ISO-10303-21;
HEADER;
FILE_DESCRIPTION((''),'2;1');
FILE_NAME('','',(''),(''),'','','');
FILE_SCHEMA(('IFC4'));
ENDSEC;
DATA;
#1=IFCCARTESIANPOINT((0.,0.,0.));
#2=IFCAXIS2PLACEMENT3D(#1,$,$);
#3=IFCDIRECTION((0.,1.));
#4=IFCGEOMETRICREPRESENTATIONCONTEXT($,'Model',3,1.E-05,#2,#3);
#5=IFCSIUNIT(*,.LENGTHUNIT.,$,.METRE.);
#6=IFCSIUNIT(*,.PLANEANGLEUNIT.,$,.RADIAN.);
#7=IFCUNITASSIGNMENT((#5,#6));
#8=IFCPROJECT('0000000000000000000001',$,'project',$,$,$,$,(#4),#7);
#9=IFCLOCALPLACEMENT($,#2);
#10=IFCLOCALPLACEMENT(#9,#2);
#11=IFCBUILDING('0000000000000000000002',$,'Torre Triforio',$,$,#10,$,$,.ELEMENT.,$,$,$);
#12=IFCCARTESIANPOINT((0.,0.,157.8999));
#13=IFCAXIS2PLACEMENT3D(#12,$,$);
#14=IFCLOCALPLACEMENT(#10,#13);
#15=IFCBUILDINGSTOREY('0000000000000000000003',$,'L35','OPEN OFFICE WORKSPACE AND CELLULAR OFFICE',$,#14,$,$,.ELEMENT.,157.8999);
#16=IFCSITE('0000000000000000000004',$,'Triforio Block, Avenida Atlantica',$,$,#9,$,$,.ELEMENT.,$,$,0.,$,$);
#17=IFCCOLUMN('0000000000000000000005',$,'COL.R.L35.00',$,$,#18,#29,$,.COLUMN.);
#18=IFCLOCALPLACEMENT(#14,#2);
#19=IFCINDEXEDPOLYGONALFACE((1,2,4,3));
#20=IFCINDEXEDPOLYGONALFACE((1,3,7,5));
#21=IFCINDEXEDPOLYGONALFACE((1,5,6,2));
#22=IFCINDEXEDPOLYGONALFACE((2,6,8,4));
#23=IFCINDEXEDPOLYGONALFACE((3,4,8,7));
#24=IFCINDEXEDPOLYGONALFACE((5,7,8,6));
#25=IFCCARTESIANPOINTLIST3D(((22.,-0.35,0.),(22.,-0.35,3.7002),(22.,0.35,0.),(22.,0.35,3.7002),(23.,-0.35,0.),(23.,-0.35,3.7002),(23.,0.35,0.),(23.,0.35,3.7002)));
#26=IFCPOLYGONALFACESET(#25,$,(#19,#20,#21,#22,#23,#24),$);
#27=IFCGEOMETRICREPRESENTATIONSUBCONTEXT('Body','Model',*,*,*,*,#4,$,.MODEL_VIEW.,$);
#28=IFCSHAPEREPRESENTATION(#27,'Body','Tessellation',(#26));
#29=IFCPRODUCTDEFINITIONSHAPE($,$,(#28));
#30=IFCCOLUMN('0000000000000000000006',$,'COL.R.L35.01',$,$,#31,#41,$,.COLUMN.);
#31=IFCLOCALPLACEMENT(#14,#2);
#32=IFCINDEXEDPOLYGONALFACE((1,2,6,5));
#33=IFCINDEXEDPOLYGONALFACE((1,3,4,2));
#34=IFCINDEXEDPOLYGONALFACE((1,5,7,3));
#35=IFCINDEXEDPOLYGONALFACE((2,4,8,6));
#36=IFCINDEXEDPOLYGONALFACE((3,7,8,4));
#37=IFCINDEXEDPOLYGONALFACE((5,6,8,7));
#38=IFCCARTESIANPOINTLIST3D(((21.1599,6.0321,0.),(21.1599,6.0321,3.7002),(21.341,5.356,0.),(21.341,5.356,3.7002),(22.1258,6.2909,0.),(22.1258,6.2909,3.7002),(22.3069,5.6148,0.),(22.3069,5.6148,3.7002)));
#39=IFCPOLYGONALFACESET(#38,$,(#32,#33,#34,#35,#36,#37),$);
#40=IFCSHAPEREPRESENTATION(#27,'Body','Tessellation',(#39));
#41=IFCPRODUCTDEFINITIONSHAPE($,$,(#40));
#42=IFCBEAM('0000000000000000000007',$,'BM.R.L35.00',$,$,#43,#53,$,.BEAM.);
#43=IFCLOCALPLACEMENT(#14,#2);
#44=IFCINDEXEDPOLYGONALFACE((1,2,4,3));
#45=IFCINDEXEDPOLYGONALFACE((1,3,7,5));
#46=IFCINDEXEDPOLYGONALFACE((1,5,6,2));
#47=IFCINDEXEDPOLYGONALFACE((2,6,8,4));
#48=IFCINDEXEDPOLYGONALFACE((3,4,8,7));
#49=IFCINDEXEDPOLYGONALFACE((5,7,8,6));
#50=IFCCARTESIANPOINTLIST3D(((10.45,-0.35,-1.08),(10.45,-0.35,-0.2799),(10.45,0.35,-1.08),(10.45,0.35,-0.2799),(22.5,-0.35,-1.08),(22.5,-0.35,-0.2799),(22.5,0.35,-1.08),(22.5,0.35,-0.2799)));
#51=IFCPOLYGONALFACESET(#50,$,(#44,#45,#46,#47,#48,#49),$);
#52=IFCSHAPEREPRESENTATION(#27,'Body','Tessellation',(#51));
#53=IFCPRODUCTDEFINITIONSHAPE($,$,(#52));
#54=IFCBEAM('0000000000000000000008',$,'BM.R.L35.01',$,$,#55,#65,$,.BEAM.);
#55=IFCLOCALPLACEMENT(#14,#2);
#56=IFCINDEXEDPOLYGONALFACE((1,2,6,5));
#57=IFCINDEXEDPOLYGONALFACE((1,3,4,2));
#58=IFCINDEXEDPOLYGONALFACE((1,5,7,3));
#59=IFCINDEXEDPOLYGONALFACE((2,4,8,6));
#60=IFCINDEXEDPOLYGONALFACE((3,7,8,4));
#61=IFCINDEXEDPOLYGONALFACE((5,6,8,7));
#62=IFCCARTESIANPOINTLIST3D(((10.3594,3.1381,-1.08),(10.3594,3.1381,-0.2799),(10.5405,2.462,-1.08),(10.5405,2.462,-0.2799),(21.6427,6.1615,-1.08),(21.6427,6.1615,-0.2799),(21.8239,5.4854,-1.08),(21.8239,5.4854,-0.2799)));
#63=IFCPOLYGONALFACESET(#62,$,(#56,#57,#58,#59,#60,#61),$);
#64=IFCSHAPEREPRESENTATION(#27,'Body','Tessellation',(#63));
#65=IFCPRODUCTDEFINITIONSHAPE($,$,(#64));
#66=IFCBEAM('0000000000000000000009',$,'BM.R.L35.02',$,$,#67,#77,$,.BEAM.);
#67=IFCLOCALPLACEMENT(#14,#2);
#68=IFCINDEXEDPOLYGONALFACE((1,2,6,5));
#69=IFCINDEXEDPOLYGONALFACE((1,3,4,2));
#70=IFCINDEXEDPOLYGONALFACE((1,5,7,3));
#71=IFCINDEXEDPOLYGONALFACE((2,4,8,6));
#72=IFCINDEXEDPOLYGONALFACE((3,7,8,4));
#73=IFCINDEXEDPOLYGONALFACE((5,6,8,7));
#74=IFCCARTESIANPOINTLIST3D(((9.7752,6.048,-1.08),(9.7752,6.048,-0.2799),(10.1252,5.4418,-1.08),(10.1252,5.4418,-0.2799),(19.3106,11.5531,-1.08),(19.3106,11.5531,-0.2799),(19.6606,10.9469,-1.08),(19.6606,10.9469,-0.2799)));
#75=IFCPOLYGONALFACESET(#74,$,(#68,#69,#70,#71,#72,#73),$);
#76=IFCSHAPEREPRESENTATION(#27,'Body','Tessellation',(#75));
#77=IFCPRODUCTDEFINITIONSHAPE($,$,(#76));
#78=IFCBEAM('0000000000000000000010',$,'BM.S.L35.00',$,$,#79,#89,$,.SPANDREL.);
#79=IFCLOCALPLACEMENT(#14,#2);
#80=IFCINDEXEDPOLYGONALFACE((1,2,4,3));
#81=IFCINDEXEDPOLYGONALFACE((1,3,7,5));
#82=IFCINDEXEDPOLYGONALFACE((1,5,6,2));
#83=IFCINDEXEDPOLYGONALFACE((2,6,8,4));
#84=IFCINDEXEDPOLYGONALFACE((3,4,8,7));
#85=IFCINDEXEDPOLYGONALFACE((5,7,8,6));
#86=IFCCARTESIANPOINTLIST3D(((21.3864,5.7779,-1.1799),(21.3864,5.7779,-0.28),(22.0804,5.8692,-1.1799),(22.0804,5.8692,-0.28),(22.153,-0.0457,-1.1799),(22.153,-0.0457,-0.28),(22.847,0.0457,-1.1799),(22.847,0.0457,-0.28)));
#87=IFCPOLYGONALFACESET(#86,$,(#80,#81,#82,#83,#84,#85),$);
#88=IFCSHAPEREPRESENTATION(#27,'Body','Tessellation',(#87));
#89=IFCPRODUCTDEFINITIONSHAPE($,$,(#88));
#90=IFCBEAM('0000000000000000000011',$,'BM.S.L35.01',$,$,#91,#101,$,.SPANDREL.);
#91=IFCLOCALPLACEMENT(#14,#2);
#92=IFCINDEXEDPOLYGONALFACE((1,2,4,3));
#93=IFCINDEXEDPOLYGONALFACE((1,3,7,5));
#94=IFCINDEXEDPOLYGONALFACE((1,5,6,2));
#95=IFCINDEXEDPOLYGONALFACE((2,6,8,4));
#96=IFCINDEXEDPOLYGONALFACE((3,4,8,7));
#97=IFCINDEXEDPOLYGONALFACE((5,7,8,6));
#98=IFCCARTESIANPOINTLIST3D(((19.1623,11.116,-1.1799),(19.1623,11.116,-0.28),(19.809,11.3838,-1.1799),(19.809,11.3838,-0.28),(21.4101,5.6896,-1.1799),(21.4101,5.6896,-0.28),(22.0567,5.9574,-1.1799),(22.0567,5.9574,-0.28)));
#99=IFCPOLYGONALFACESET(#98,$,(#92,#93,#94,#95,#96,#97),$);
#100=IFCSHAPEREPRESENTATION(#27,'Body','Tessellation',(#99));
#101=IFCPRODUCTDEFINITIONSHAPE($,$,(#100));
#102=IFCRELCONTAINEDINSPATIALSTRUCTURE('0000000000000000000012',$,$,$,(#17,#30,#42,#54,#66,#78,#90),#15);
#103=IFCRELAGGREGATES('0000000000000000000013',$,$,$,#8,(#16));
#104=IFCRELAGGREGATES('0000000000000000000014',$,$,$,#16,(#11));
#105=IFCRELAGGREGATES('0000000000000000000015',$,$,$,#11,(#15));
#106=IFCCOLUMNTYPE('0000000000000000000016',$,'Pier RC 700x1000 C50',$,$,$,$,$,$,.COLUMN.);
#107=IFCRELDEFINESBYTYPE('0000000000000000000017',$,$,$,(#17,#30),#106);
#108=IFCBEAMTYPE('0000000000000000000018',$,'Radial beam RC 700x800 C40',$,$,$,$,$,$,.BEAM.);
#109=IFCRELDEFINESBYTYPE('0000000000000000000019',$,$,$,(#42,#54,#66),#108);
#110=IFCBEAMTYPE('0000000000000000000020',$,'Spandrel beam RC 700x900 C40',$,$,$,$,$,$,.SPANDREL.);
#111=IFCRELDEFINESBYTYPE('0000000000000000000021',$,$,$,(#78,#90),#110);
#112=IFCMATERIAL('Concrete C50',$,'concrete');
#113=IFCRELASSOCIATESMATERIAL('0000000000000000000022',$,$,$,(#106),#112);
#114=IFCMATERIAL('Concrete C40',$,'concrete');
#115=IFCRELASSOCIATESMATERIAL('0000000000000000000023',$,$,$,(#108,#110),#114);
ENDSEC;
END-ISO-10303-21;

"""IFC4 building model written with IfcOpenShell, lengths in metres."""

from ifc_helpers import new_model, si_unit, direction, frame, origin, origin_2d, place, context, subcontext, project, spatial, rectangle, extrude, material, material_profile, profile_set, type_object, element, save


model = new_model("IFC4")

# Units and contexts
model_context = context("Model", 3, precision=1e-05, world=origin(), true_north=direction((0.0, 1.0)))
body_context = subcontext(model_context, "Body", "Model", "MODEL_VIEW")
ifc_project = project(units=[si_unit("LENGTHUNIT", "METRE"), si_unit("PLANEANGLEUNIT", "RADIAN")], contexts=[model_context])

# Site, building, storey
site_placement = place(None, origin())
site = spatial("IfcSite", under=ifc_project, at=site_placement, Name="Triforio Block, Avenida Atlantica", CompositionType="ELEMENT", RefElevation=0.0)
building_placement = place(site_placement, origin())
building = spatial("IfcBuilding", under=site, at=building_placement, Name="Torre Triforio", CompositionType="ELEMENT")
storey_placement = place(building_placement, frame((0.0, 0.0, 157.8999)))
storey = spatial("IfcBuildingStorey", under=building, at=storey_placement, Name="L35", Description="OPEN OFFICE WORKSPACE AND CELLULAR OFFICE", CompositionType="ELEMENT", Elevation=157.8999)

# Columns
ifc_material_1 = material(Name="Concrete C50", Category="concrete")
ifc_material_profile_1 = material_profile(ifc_material_1, rectangle(XDim=0.7, YDim=1.0, at=origin_2d()), Name="RC 700x1000")
ifc_profile_set_1 = profile_set([ifc_material_profile_1], Name="Concrete C50")
column_type = type_object("IfcColumnType", Name="Pier RC 700x1000 C50", PredefinedType="COLUMN", material=ifc_profile_set_1)
for number, where, z_axis, x_axis, name in (
    (1, (22.5, 0.0, 0.0), (0.0, 0.0, 1.0), (0.0, 1.0, 0.0), "COL.R.L35.00"),
    (2, (21.7334, 5.8235, 0.0), (0.0, 0.0, 1.0), (-0.258819, 0.965926, 0.0), "COL.R.L35.01"),
):
    element("IfcColumn", number, at=place(storey_placement, frame(where, z_axis=z_axis, x_axis=x_axis)), inside=storey, type_object=column_type, Name=name, PredefinedType="COLUMN", context=body_context, shape_type="SweptSolid", body=[
        extrude(rectangle(XDim=0.7, YDim=1.0, at=origin_2d()), origin(), (0.0, 0.0, 1.0), 3.7002),
    ])

# Beams
ifc_material_2 = material(Name="Concrete C40", Category="concrete")
ifc_material_profile_2 = material_profile(ifc_material_2, rectangle(XDim=0.7, YDim=0.8, at=origin_2d()), Name="RC 700x800")
ifc_profile_set_2 = profile_set([ifc_material_profile_2], Name="Concrete C40")
beam_type_1 = type_object("IfcBeamType", Name="Radial beam RC 700x800 C40", PredefinedType="BEAM", material=ifc_profile_set_2)
beam_1_placement = place(storey_placement, frame((10.45, 0.0, -0.6799), z_axis=(1.0, 0.0, 0.0), x_axis=(0.0, 1.0, 0.0)))
element("IfcBeam", 3, at=beam_1_placement, inside=storey, type_object=beam_type_1, Name="BM.R.L35.00", PredefinedType="BEAM", context=body_context, shape_type="SweptSolid", body=[
    extrude(rectangle(XDim=0.7, YDim=0.8, at=origin_2d()), origin(), (0.0, 0.0, 1.0), 12.05),
])
beam_2_placement = place(storey_placement, frame((10.45, 2.8, -0.6799), z_axis=(0.965925, 0.258823, 0.0), x_axis=(-0.258823, 0.965925, 0.0)))
element("IfcBeam", 4, at=beam_2_placement, inside=storey, type_object=beam_type_1, Name="BM.R.L35.01", PredefinedType="BEAM", context=body_context, shape_type="SweptSolid", body=[
    extrude(rectangle(XDim=0.7, YDim=0.8, at=origin_2d()), origin(), (0.0, 0.0, 1.0), 11.6814),
])
beam_3_placement = place(storey_placement, frame((9.9502, 5.7449, -0.6799), z_axis=(0.866031, 0.499991, 0.0), x_axis=(-0.499991, 0.866031, 0.0)))
element("IfcBeam", 5, at=beam_3_placement, inside=storey, type_object=beam_type_1, Name="BM.R.L35.02", PredefinedType="BEAM", context=body_context, shape_type="SweptSolid", body=[
    extrude(rectangle(XDim=0.7, YDim=0.8, at=origin_2d()), origin(), (0.0, 0.0, 1.0), 11.0105),
])
ifc_material_profile_3 = material_profile(ifc_material_2, rectangle(XDim=0.7, YDim=0.8999, at=origin_2d()), Name="RC 700x900")
ifc_profile_set_3 = profile_set([ifc_material_profile_3], Name="Concrete C40")
beam_type_2 = type_object("IfcBeamType", Name="Spandrel beam RC 700x900 C40", PredefinedType="SPANDREL", material=ifc_profile_set_3)
beam_4_placement = place(storey_placement, frame((22.5, 0.0, -0.73), z_axis=(-0.130514, 0.991447, 0.0), x_axis=(-0.991447, -0.130514, 0.0)))
element("IfcBeam", 6, at=beam_4_placement, inside=storey, type_object=beam_type_2, Name="BM.S.L35.00", PredefinedType="SPANDREL", context=body_context, shape_type="SweptSolid", body=[
    extrude(rectangle(XDim=0.7, YDim=0.8999, at=origin_2d()), origin(), (0.0, 0.0, 1.0), 5.8738),
])
beam_5_placement = place(storey_placement, frame((21.7334, 5.8235, -0.73), z_axis=(-0.382693, 0.923875, 0.0), x_axis=(-0.923875, -0.382693, 0.0)))
element("IfcBeam", 7, at=beam_5_placement, inside=storey, type_object=beam_type_2, Name="BM.S.L35.01", PredefinedType="SPANDREL", context=body_context, shape_type="SweptSolid", body=[
    extrude(rectangle(XDim=0.7, YDim=0.8999, at=origin_2d()), origin(), (0.0, 0.0, 1.0), 5.8735),
])

save(model, "model.ifc")
